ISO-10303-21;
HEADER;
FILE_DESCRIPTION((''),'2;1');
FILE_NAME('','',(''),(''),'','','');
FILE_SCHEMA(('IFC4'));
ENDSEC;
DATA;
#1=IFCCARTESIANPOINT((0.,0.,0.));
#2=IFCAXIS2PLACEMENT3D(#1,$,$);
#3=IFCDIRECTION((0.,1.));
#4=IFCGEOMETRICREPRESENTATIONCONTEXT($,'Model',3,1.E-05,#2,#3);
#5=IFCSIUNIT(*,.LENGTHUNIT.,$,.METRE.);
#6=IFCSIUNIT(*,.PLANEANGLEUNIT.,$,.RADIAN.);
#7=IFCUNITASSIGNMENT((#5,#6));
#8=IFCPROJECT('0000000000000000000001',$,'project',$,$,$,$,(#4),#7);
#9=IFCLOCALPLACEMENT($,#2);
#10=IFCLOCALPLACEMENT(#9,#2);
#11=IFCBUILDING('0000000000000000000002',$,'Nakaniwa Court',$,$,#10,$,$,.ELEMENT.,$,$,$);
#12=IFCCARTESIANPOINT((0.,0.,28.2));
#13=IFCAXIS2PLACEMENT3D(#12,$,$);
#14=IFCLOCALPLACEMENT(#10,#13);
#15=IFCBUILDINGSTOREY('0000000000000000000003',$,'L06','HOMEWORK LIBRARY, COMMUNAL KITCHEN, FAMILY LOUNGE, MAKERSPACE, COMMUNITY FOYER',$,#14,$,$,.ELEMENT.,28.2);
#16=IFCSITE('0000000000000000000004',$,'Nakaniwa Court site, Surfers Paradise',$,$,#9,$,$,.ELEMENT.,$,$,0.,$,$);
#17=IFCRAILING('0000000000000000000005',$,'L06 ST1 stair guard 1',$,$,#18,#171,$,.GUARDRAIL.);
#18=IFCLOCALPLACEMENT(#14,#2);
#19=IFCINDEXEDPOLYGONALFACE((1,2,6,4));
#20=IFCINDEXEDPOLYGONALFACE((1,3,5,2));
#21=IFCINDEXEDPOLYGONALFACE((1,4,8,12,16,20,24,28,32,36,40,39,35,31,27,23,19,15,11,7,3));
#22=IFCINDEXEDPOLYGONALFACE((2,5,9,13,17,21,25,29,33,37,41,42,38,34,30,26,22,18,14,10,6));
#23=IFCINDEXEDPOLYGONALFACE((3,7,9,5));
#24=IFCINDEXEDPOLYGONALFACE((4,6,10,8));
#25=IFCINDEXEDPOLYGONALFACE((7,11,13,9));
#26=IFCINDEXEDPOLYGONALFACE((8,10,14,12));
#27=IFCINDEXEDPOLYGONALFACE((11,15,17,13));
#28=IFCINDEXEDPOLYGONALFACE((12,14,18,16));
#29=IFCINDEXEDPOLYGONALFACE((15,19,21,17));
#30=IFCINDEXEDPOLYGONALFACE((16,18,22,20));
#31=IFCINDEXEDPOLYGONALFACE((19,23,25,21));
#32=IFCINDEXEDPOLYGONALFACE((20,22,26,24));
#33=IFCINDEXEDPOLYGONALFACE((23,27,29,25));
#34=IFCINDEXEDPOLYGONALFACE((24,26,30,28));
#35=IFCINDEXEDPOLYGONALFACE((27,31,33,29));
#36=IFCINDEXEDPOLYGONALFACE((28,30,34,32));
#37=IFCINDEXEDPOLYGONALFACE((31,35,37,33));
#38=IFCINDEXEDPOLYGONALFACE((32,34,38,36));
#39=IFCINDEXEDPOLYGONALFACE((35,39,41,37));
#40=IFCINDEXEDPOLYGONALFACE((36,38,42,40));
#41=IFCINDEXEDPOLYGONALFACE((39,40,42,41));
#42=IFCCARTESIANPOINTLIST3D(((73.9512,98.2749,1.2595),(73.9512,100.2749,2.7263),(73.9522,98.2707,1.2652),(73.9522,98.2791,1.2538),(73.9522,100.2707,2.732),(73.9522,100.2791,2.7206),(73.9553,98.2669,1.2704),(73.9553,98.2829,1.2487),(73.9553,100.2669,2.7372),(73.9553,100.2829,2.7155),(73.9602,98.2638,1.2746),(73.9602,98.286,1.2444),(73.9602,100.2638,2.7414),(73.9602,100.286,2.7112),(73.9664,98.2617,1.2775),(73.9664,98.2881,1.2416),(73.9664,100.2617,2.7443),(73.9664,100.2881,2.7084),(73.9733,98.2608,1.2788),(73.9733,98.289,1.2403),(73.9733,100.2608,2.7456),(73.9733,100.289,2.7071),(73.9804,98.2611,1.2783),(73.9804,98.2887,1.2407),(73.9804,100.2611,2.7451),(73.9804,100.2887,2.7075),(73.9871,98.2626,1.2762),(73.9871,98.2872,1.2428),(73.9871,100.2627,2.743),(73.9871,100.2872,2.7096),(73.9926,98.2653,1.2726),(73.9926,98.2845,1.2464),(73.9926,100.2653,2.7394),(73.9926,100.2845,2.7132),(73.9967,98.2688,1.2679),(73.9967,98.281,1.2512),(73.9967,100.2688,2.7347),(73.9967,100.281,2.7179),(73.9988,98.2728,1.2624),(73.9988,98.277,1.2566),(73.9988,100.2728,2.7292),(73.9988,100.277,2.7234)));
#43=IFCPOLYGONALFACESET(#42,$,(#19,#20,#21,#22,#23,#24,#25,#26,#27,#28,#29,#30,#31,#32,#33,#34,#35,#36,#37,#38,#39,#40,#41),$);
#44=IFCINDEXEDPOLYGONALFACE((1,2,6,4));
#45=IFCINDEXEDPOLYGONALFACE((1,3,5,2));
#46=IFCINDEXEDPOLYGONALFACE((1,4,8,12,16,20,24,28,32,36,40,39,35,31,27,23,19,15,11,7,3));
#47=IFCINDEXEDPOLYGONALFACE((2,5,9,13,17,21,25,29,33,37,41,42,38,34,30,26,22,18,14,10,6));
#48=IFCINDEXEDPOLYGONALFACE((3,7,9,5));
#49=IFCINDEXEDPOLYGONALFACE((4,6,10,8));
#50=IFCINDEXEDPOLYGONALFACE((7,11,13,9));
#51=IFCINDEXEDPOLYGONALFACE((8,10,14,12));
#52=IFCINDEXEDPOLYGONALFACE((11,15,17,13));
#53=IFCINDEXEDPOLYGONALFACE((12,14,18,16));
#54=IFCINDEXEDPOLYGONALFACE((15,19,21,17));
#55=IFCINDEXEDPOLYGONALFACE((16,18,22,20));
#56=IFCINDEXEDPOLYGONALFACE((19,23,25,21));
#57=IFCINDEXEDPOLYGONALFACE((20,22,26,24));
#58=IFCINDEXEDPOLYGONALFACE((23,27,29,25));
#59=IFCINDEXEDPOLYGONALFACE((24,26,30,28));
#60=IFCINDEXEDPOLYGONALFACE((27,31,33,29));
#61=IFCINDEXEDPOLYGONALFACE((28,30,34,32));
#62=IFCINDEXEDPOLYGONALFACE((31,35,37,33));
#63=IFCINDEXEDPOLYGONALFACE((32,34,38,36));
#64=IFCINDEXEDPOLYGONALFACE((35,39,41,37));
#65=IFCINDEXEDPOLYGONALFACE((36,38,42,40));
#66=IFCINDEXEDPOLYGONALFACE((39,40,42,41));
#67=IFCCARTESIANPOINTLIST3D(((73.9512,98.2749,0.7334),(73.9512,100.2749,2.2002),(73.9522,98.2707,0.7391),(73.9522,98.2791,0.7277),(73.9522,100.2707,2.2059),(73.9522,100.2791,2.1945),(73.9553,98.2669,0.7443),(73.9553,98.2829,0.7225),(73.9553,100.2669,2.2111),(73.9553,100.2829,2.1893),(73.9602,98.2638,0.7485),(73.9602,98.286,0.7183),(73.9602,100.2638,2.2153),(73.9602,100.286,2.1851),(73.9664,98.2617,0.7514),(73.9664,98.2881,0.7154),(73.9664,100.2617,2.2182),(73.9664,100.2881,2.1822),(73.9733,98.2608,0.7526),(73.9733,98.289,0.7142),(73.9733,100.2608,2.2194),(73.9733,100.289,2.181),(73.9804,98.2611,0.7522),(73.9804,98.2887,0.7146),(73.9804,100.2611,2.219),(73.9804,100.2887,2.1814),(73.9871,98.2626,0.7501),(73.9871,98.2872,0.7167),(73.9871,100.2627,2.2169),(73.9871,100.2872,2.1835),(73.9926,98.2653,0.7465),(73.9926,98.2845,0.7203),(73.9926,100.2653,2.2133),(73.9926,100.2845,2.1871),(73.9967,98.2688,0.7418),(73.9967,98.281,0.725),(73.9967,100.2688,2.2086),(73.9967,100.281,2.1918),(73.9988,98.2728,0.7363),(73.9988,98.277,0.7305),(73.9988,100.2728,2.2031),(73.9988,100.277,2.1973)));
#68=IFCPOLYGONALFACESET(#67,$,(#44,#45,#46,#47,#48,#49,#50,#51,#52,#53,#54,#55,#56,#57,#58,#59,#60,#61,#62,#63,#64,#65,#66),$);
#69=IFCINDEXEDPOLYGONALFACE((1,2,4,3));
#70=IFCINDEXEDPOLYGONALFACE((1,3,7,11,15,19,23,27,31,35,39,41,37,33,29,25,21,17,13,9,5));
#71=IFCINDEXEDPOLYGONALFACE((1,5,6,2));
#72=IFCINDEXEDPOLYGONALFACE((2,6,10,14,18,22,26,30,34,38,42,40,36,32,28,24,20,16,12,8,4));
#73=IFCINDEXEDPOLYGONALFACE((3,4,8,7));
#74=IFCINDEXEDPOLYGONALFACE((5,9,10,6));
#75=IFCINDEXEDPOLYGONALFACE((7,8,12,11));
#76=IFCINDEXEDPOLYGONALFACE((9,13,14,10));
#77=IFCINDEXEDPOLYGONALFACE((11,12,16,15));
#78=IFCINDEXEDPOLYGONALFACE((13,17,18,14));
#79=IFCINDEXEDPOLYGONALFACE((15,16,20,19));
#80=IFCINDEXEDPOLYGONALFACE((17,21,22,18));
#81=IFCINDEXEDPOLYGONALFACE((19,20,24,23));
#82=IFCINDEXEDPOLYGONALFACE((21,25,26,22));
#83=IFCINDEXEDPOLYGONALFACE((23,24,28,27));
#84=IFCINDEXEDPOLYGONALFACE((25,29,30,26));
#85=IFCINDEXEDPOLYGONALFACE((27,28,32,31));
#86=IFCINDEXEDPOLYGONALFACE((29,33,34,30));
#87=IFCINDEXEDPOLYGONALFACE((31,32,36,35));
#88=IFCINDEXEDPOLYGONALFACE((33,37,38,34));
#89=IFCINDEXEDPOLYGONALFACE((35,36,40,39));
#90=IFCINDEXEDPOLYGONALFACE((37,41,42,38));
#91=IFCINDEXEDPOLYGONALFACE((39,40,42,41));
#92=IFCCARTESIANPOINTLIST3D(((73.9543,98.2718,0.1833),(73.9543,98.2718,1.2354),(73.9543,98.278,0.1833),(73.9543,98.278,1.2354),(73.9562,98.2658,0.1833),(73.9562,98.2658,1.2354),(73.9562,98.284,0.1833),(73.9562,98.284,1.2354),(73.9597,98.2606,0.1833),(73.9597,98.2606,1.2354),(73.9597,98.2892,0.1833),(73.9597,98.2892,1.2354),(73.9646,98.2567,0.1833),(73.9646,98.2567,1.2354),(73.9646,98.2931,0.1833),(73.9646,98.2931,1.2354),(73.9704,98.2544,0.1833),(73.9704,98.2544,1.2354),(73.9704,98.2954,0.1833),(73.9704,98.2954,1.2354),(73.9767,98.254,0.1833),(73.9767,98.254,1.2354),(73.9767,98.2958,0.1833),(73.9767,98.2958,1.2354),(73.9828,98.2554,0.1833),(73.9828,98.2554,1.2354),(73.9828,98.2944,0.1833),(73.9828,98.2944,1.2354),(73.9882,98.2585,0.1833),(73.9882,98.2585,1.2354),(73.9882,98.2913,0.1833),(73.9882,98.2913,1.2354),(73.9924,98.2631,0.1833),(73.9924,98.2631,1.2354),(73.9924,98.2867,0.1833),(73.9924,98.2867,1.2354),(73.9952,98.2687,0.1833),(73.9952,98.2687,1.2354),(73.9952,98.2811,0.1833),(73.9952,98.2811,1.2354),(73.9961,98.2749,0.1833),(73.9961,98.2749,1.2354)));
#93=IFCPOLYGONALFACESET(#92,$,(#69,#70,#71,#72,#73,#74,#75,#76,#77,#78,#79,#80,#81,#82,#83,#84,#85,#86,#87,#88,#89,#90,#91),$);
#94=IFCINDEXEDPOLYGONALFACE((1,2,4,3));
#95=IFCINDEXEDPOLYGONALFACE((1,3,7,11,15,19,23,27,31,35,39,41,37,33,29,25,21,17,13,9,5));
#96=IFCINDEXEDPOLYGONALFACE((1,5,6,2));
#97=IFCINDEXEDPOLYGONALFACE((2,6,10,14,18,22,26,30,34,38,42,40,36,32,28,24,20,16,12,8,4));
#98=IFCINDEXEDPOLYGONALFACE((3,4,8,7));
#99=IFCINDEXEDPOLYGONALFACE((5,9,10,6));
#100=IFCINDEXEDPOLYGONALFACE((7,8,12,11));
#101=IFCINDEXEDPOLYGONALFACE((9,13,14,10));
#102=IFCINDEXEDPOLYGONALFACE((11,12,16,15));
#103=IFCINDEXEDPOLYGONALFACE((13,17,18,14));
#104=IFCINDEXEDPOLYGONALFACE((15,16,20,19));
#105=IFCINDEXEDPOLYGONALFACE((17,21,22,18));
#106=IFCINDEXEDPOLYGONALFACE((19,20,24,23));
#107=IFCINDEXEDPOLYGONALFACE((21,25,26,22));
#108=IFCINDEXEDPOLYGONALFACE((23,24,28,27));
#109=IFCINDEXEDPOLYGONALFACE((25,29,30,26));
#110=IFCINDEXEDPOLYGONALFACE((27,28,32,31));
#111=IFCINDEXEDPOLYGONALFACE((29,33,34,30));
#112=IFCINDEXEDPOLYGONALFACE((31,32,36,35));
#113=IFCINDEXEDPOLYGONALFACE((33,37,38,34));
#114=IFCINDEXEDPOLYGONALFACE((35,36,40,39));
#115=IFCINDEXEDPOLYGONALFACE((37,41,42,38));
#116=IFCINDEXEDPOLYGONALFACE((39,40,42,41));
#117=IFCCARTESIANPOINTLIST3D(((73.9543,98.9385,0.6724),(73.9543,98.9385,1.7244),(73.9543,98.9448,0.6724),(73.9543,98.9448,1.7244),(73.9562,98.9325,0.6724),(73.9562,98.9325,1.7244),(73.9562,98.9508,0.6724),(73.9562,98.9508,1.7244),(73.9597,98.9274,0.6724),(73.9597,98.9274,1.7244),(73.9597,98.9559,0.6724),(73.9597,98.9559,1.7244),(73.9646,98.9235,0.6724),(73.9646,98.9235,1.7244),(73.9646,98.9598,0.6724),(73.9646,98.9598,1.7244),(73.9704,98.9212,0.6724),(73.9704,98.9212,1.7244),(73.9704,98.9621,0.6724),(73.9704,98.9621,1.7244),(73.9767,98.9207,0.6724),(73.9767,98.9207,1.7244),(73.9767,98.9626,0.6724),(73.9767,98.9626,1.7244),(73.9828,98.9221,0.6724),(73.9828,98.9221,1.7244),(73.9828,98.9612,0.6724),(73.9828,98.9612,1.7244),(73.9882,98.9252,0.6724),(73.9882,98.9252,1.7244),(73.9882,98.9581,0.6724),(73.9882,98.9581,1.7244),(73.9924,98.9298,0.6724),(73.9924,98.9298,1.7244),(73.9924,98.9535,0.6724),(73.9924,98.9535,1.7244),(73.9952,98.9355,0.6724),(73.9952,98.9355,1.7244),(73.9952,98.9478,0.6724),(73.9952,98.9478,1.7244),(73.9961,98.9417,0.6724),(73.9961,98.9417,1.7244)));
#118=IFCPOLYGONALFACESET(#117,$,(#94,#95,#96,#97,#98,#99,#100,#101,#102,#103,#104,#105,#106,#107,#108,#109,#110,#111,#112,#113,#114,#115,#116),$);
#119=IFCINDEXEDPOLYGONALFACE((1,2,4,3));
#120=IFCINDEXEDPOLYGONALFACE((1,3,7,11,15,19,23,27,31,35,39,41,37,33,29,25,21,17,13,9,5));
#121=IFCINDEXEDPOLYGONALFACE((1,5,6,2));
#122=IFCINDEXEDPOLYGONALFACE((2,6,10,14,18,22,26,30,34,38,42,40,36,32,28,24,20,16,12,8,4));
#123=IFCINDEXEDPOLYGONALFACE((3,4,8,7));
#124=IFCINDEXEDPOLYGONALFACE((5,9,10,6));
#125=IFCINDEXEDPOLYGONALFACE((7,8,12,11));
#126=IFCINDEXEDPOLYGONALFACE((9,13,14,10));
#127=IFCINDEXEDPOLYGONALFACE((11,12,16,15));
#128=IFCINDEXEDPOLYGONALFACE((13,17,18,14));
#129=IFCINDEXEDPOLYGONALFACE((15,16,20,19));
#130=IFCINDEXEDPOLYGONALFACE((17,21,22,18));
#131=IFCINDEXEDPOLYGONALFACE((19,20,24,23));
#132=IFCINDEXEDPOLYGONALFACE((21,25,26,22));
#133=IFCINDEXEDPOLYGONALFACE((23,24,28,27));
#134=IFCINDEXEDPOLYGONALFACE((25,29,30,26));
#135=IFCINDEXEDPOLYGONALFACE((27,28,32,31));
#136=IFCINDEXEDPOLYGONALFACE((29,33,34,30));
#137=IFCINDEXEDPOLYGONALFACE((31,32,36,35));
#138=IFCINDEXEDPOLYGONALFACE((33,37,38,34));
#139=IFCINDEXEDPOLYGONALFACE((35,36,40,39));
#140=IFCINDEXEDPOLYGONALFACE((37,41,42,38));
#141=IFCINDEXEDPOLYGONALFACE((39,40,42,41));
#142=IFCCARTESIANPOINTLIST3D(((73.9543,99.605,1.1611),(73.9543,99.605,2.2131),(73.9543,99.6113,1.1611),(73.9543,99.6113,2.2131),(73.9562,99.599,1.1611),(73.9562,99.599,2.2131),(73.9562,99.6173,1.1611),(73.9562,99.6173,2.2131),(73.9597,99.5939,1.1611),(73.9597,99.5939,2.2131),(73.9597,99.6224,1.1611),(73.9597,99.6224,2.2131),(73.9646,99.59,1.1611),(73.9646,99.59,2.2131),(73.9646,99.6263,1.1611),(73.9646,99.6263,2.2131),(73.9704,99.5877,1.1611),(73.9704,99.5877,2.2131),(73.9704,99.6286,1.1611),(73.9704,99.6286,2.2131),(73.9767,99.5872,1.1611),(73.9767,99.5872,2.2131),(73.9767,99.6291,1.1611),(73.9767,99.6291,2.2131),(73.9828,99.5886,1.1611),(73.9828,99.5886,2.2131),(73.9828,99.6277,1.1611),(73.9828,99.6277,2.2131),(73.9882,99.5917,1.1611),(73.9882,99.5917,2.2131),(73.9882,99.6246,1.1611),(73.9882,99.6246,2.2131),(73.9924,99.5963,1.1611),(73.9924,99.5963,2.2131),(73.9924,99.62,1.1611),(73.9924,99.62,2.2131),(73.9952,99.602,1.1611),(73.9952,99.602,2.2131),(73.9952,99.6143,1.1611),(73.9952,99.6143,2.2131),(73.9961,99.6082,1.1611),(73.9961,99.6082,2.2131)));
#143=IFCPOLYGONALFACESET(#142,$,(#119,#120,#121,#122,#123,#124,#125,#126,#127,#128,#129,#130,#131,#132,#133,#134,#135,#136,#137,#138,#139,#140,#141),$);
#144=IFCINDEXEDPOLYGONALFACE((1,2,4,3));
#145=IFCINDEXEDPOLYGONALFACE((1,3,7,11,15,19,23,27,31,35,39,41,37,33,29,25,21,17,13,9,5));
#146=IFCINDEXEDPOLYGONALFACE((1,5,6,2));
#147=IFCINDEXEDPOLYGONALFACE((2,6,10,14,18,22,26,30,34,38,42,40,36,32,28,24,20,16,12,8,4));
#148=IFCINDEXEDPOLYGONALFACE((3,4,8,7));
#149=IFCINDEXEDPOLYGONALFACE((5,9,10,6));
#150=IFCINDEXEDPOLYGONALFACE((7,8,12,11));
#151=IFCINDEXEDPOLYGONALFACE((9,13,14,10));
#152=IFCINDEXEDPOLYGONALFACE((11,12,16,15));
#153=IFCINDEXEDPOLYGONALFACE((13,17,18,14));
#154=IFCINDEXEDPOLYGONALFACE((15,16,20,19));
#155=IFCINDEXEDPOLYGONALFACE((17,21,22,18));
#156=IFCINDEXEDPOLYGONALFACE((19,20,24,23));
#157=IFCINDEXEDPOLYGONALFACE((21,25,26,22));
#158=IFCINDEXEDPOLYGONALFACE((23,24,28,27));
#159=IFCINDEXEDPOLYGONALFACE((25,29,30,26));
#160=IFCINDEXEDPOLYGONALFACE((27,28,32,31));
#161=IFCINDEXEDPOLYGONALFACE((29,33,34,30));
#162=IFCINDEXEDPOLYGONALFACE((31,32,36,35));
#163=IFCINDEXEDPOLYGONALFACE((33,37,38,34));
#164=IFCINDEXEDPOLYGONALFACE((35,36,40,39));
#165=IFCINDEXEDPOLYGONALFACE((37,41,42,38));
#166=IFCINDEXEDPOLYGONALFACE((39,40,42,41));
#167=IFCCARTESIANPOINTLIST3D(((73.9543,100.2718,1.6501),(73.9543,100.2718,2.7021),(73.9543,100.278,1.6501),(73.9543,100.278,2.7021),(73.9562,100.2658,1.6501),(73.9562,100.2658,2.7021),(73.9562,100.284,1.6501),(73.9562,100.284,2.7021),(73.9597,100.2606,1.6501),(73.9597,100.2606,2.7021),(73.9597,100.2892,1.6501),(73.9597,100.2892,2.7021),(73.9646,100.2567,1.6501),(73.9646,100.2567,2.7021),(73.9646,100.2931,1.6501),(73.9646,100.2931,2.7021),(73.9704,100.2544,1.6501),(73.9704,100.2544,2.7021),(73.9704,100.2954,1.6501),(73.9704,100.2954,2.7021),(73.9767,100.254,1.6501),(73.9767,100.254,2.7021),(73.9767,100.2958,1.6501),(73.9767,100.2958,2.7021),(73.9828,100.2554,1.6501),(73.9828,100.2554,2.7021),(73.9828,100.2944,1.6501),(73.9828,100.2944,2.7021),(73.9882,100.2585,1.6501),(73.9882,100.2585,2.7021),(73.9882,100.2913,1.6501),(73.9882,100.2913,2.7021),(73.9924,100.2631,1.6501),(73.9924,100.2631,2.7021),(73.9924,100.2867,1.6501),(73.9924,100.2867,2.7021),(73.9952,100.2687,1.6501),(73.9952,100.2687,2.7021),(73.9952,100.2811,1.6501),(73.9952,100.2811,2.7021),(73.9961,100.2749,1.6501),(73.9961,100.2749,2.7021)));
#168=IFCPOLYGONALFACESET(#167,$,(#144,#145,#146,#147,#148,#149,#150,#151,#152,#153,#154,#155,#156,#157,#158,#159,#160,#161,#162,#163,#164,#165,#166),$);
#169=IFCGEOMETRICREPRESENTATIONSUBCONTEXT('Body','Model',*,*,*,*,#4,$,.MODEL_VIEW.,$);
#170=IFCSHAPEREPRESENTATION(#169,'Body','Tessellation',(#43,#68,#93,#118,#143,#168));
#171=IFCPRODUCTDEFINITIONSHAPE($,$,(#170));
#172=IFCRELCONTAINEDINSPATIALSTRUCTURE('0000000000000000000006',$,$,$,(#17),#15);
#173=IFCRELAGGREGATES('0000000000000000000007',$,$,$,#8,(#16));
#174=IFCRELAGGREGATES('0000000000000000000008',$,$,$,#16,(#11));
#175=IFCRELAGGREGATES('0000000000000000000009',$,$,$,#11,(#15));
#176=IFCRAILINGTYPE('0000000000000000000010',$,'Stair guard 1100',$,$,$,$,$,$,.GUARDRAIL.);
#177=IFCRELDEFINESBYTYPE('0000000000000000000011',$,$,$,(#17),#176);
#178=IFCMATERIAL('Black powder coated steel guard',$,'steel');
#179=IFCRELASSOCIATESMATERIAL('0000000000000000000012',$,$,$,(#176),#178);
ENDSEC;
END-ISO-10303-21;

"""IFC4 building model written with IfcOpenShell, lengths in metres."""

from ifc_helpers import new_model, si_unit, direction, frame, origin, origin_2d, place, context, subcontext, project, spatial, circle, extrude, material, type_object, element, save


model = new_model("IFC4")

# Units and contexts
model_context = context("Model", 3, precision=1e-05, world=origin(), true_north=direction((0.0, 1.0)))
body_context = subcontext(model_context, "Body", "Model", "MODEL_VIEW")
ifc_project = project(units=[si_unit("LENGTHUNIT", "METRE"), si_unit("PLANEANGLEUNIT", "RADIAN")], contexts=[model_context])

# Site, building, storey
site_placement = place(None, origin())
site = spatial("IfcSite", under=ifc_project, at=site_placement, Name="Nakaniwa Court site, Surfers Paradise", CompositionType="ELEMENT", RefElevation=0.0)
building_placement = place(site_placement, origin())
building = spatial("IfcBuilding", under=site, at=building_placement, Name="Nakaniwa Court", CompositionType="ELEMENT")
storey_placement = place(building_placement, frame((0.0, 0.0, 28.2)))
storey = spatial("IfcBuildingStorey", under=building, at=storey_placement, Name="L06", Description="HOMEWORK LIBRARY, COMMUNAL KITCHEN, FAMILY LOUNGE, MAKERSPACE, COMMUNITY FOYER", CompositionType="ELEMENT", Elevation=28.2)

# Railing
ifc_material_1 = material(Name="Black powder coated steel guard", Category="steel")
railing_type_1 = type_object("IfcRailingType", Name="Stair guard 1100", PredefinedType="GUARDRAIL", material=ifc_material_1)
railing_1_placement = place(storey_placement, frame((73.9751, 98.2749, 0.1833)))
element("IfcRailing", 1, at=railing_1_placement, inside=storey, type_object=railing_type_1, Name="L06 ST1 stair guard 1", PredefinedType="GUARDRAIL", context=body_context, shape_type="SweptSolid", body=[
    extrude(circle(Radius=0.0239, at=origin_2d()), frame((0.0, 0.0, 1.0762), z_axis=(0.0, 0.80638, 0.591398), x_axis=(-1.0, 0.0, 0.0)), (0.0, 0.0, 1.0), 2.4802),
    extrude(circle(Radius=0.0239, at=origin_2d()), frame((0.0, 0.0, 0.55), z_axis=(0.0, 0.80638, 0.591398), x_axis=(-1.0, 0.0, 0.0)), (0.0, 0.0, 1.0), 2.4802),
    extrude(circle(Radius=0.021, at=origin_2d()), origin(), (0.0, 0.0, 1.0), 1.052),
    extrude(circle(Radius=0.021, at=origin_2d()), frame((0.0, 0.6667, 0.489)), (0.0, 0.0, 1.0), 1.052),
    extrude(circle(Radius=0.021, at=origin_2d()), frame((0.0, 1.3333, 0.9778)), (0.0, 0.0, 1.0), 1.052),
    extrude(circle(Radius=0.021, at=origin_2d()), frame((0.0, 2.0, 1.4668)), (0.0, 0.0, 1.0), 1.052),
])

save(model, "model.ifc")
